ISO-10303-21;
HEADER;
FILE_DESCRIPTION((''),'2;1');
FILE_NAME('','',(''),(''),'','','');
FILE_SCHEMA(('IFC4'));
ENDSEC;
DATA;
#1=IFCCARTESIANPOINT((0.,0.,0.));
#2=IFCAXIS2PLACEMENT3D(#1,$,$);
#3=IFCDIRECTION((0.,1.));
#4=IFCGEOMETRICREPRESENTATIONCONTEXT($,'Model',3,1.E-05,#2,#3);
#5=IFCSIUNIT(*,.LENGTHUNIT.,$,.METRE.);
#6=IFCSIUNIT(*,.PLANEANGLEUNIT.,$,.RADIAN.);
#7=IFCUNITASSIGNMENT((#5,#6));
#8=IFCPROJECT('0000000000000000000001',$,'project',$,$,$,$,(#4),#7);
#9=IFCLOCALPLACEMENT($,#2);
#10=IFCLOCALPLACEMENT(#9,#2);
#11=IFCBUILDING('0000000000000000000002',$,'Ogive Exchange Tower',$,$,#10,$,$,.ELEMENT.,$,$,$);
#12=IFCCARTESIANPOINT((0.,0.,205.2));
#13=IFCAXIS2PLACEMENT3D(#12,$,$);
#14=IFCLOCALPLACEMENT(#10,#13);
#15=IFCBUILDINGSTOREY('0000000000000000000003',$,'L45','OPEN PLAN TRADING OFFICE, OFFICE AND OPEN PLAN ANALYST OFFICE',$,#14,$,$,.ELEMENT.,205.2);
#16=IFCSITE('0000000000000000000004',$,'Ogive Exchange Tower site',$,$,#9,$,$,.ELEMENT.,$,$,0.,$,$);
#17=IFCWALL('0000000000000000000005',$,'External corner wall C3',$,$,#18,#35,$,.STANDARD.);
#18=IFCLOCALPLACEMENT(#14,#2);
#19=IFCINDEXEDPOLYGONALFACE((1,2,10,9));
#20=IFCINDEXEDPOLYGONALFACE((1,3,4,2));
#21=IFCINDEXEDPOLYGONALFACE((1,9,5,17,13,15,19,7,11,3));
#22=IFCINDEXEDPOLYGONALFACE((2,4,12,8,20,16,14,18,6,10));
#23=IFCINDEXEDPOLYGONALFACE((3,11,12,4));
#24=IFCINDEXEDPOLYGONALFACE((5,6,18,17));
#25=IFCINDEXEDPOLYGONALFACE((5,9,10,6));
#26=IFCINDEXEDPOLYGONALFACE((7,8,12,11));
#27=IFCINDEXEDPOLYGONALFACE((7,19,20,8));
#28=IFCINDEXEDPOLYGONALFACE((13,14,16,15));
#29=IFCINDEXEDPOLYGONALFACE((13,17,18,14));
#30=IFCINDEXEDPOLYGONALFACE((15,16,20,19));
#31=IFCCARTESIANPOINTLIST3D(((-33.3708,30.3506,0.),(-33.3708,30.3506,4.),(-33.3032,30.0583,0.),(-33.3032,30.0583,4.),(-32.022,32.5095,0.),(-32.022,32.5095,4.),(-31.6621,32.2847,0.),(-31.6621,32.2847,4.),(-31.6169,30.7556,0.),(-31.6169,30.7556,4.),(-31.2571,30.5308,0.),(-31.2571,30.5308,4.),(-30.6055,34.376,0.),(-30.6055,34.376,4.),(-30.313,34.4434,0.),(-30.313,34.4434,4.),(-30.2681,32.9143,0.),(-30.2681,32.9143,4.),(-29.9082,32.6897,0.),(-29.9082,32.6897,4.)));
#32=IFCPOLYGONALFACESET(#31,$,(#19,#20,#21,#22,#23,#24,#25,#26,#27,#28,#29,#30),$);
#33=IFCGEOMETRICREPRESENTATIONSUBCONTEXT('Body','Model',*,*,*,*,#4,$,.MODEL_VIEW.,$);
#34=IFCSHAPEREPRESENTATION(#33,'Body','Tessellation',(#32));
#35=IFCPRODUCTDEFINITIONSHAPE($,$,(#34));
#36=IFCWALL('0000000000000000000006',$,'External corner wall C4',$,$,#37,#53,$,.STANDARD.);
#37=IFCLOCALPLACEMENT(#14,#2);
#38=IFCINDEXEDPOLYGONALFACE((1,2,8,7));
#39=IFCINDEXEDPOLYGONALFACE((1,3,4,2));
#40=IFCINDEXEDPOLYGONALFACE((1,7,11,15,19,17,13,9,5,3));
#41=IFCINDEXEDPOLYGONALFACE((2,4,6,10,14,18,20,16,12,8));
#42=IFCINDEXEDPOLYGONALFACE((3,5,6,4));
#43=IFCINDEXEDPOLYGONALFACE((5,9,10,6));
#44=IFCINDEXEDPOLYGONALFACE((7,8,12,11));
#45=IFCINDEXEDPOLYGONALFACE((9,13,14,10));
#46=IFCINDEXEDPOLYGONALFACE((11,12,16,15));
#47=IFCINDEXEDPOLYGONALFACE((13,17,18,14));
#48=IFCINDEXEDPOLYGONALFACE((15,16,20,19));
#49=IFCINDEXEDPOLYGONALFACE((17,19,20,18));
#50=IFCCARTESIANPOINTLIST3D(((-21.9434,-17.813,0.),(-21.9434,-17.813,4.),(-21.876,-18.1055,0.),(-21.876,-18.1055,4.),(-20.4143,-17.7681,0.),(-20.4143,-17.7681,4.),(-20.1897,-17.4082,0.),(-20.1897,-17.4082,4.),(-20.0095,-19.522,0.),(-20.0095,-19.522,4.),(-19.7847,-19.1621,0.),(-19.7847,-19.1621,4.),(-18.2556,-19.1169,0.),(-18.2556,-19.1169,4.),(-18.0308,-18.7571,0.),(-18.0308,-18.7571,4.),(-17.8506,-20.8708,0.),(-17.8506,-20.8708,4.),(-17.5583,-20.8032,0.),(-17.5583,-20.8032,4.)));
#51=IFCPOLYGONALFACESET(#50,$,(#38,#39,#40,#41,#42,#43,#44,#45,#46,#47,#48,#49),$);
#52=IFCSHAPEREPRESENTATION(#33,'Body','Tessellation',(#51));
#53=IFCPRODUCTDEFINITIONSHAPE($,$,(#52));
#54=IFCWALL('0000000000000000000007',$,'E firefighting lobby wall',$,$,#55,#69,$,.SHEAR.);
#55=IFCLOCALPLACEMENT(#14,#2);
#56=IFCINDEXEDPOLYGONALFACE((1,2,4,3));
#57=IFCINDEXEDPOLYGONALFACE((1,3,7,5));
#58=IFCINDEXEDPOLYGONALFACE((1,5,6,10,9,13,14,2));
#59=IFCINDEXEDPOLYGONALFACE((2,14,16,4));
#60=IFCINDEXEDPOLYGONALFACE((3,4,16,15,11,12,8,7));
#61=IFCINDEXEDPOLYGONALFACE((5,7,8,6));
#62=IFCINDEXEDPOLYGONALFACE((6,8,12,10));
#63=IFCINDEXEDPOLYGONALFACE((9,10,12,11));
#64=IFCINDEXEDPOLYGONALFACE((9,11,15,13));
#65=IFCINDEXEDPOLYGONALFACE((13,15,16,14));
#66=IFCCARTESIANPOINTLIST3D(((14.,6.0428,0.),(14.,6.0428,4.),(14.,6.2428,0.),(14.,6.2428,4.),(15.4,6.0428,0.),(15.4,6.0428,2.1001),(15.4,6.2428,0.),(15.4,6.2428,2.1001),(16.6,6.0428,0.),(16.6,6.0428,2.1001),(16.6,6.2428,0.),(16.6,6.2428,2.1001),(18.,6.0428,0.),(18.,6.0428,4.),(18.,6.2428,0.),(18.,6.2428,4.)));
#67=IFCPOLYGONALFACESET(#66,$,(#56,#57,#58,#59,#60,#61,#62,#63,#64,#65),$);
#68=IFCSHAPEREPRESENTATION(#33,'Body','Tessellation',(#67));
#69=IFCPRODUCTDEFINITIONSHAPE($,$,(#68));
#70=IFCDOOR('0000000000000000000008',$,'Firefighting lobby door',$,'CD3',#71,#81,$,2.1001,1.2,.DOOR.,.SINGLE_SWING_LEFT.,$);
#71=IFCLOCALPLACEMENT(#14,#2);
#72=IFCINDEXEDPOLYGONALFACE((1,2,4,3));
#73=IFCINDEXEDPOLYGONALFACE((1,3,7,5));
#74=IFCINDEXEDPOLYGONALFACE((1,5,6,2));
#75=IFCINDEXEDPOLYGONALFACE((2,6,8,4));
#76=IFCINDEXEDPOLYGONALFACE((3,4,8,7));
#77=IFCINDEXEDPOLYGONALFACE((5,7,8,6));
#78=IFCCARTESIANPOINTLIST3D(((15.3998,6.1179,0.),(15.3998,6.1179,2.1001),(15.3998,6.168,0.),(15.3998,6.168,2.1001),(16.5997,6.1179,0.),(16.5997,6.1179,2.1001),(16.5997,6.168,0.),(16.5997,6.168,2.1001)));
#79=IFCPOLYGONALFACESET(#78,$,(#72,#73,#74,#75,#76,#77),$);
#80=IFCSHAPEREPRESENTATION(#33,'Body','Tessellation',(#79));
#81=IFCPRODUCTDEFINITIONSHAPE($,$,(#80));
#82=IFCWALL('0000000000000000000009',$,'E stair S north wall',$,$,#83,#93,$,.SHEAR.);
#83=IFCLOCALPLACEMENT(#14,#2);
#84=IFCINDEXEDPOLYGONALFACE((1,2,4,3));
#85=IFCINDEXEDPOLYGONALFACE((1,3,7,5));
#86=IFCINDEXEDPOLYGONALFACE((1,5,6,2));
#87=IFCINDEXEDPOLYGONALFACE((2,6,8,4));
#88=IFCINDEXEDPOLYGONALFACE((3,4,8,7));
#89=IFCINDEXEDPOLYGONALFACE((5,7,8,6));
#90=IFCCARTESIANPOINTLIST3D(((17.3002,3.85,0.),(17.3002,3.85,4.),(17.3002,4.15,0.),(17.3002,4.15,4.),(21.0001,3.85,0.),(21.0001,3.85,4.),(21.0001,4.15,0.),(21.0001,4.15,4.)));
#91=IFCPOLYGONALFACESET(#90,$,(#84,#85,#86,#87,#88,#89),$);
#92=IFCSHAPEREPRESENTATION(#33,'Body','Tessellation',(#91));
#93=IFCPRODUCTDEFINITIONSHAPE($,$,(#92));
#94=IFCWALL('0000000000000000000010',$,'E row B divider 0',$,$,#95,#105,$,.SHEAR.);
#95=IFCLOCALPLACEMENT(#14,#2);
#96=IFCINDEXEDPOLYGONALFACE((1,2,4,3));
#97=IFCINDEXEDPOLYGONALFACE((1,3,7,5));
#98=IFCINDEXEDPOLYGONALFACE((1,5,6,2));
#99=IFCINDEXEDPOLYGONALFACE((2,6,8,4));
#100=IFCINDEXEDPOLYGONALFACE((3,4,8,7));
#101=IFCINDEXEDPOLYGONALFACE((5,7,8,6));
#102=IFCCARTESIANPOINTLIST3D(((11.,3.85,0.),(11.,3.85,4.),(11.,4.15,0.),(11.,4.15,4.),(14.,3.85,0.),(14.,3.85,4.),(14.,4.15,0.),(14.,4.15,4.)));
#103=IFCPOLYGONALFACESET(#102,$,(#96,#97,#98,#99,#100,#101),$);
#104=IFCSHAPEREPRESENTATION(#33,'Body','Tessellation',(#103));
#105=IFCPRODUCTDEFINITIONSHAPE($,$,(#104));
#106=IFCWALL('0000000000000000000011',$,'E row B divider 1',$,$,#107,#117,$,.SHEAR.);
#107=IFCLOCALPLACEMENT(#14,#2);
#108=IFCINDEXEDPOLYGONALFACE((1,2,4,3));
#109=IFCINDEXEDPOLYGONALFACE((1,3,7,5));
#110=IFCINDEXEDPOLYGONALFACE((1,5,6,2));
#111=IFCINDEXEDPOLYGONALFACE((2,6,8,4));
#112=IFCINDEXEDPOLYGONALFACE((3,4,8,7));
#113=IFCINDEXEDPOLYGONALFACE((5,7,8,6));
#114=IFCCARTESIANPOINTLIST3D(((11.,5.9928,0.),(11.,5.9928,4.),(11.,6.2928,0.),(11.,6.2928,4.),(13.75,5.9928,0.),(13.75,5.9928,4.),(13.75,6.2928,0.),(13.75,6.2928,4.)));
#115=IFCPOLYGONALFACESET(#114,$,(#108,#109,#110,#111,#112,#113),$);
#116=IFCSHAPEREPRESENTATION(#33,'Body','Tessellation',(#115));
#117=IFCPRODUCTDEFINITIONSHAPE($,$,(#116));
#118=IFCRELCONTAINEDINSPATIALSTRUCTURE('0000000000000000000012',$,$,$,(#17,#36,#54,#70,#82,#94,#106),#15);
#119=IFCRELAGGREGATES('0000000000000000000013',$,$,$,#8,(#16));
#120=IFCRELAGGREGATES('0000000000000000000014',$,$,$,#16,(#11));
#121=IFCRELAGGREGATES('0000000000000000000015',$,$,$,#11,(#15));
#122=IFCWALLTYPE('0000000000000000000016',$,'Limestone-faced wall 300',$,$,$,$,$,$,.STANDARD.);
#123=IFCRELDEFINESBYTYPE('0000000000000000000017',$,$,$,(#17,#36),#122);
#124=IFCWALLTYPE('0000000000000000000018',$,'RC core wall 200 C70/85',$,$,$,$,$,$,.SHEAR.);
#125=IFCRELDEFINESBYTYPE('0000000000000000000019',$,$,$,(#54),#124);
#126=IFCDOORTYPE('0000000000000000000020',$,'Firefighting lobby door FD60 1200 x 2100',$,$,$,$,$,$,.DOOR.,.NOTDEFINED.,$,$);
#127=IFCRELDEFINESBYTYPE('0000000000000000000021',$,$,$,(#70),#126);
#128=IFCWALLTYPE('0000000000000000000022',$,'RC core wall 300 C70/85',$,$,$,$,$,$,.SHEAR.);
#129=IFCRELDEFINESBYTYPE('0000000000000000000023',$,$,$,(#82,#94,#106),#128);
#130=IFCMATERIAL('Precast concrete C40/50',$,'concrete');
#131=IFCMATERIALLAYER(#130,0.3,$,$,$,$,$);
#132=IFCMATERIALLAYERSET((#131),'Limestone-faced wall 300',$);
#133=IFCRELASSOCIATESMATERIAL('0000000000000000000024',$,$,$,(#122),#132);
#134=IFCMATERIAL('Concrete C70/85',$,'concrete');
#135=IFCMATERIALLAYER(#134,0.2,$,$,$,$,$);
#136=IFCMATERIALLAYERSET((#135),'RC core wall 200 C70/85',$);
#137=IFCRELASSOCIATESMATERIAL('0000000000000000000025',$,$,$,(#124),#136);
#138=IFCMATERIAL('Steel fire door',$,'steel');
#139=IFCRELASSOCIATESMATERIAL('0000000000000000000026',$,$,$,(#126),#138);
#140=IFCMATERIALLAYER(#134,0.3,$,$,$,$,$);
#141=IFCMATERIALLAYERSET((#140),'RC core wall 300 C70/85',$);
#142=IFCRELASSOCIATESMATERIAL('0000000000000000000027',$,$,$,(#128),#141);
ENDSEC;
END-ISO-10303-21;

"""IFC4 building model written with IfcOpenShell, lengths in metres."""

from ifc_helpers import new_model, si_unit, direction, frame, frame_2d, origin, place, context, subcontext, project, spatial, polyline, rectangle, outline, extrude, material, layer, layer_set, type_object, element, fill, save


model = new_model("IFC4")

# Units and contexts
model_context = context("Model", 3, precision=1e-05, world=origin(), true_north=direction((0.0, 1.0)))
body_context = subcontext(model_context, "Body", "Model", "MODEL_VIEW")
ifc_project = project(units=[si_unit("LENGTHUNIT", "METRE"), si_unit("PLANEANGLEUNIT", "RADIAN")], contexts=[model_context])

# Site, building, storey
site_placement = place(None, origin())
site = spatial("IfcSite", under=ifc_project, at=site_placement, Name="Ogive Exchange Tower site", CompositionType="ELEMENT", RefElevation=0.0)
building_placement = place(site_placement, origin())
building = spatial("IfcBuilding", under=site, at=building_placement, Name="Ogive Exchange Tower", CompositionType="ELEMENT")
storey_placement = place(building_placement, frame((0.0, 0.0, 205.2)))
storey = spatial("IfcBuildingStorey", under=building, at=storey_placement, Name="L45", Description="OPEN PLAN TRADING OFFICE, OFFICE AND OPEN PLAN ANALYST OFFICE", CompositionType="ELEMENT", Elevation=205.2)

# Shared definitions
ifc_material_1 = material(Name="Concrete C70/85", Category="concrete")

# Walls
ifc_material_2 = material(Name="Precast concrete C40/50", Category="concrete")
ifc_layer_1 = layer(ifc_material_2, 0.3)
ifc_layer_set_1 = layer_set([ifc_layer_1], Name="Limestone-faced wall 300")
wall_type_1 = type_object("IfcWallType", Name="Limestone-faced wall 300", PredefinedType="STANDARD", material=ifc_layer_set_1)
wall_1_placement = place(storey_placement, origin())
element("IfcWall", 1, at=wall_1_placement, inside=storey, type_object=wall_type_1, Name="External corner wall C3", PredefinedType="STANDARD", context=body_context, shape_type="SweptSolid", body=[
    extrude(outline(polyline([(-31.6169, 30.7556), (-32.022, 32.5095), (-30.2681, 32.9143), (-30.6055, 34.376), (-30.313, 34.4434), (-29.9082, 32.6897), (-31.6621, 32.2847), (-31.2571, 30.5308), (-33.3032, 30.0583), (-33.3708, 30.3506), (-31.6169, 30.7556)])), origin(), (0.0, 0.0, 1.0), 4.0),
])
wall_2_placement = place(storey_placement, origin())
element("IfcWall", 2, at=wall_2_placement, inside=storey, type_object=wall_type_1, Name="External corner wall C4", PredefinedType="STANDARD", context=body_context, shape_type="SweptSolid", body=[
    extrude(outline(polyline([(-18.2556, -19.1169), (-20.0095, -19.522), (-20.4143, -17.7681), (-21.876, -18.1055), (-21.9434, -17.813), (-20.1897, -17.4082), (-19.7847, -19.1621), (-18.0308, -18.7571), (-17.5583, -20.8032), (-17.8506, -20.8708), (-18.2556, -19.1169)])), origin(), (0.0, 0.0, 1.0), 4.0),
])

# Wall, opening, door
ifc_layer_2 = layer(ifc_material_1, 0.2)
ifc_layer_set_2 = layer_set([ifc_layer_2], Name="RC core wall 200 C70/85")
wall_type_2 = type_object("IfcWallType", Name="RC core wall 200 C70/85", PredefinedType="SHEAR", material=ifc_layer_set_2)
wall_3_placement = place(storey_placement, frame((14.0, 6.1428, 0.0), z_axis=(0.0, 0.0, 1.0), x_axis=(1.0, 0.0, 0.0)))
wall_3 = element("IfcWall", 3, at=wall_3_placement, inside=storey, type_object=wall_type_2, Name="E firefighting lobby wall", PredefinedType="SHEAR", context=body_context, shape_type="SweptSolid", body=[
    extrude(rectangle(XDim=4.0, YDim=0.2, at=frame_2d((2.0, 0.0))), origin(), (0.0, 0.0, 1.0), 4.0),
])
opening_placement = place(wall_3_placement, frame((1.3999, 0.0, 0.0)))
opening = element("IfcOpeningElement", 4, at=opening_placement, cuts=wall_3, PredefinedType="OPENING", context=body_context, shape_type="SweptSolid", body=[
    extrude(rectangle(XDim=1.2, YDim=2.1001, at=frame_2d((0.6001, 1.05))), frame((0.0, 0.1099, 0.0), z_axis=(0.0, -1.0, 0.0), x_axis=(1.0, 0.0, 0.0)), (0.0, 0.0, 1.0), 0.22),
])
ifc_material_3 = material(Name="Steel fire door", Category="steel")
door_type = type_object("IfcDoorType", Name="Firefighting lobby door FD60 1200 x 2100", OperationType="NOTDEFINED", PredefinedType="DOOR", material=ifc_material_3)
door_placement = place(opening_placement, frame((1.2, 0.0, 0.0), z_axis=(0.0, 0.0, 1.0), x_axis=(-1.0, 0.0, 0.0)))
door = element("IfcDoor", 5, at=door_placement, inside=storey, type_object=door_type, Name="Firefighting lobby door", ObjectType="CD3", OperationType="SINGLE_SWING_LEFT", OverallHeight=2.1001, OverallWidth=1.2, PredefinedType="DOOR", context=body_context, shape_type="SweptSolid", body=[
    extrude(rectangle(XDim=1.2, YDim=2.1001, at=frame_2d((0.6001, 1.05))), frame((0.0, 0.0249, 0.0), z_axis=(0.0, -1.0, 0.0), x_axis=(1.0, 0.0, 0.0)), (0.0, 0.0, 1.0), 0.05),
])
fill(opening, door)

# Walls
ifc_layer_3 = layer(ifc_material_1, 0.3)
ifc_layer_set_3 = layer_set([ifc_layer_3], Name="RC core wall 300 C70/85")
wall_type_3 = type_object("IfcWallType", Name="RC core wall 300 C70/85", PredefinedType="SHEAR", material=ifc_layer_set_3)
wall_4_placement = place(storey_placement, frame((17.3, 4.0, 0.0), z_axis=(0.0, 0.0, 1.0), x_axis=(1.0, 0.0, 0.0)))
element("IfcWall", 6, at=wall_4_placement, inside=storey, type_object=wall_type_3, Name="E stair S north wall", PredefinedType="SHEAR", context=body_context, shape_type="SweptSolid", body=[
    extrude(rectangle(XDim=3.7, YDim=0.3, at=frame_2d((1.8501, 0.0))), origin(), (0.0, 0.0, 1.0), 4.0),
])
wall_5_placement = place(storey_placement, frame((11.0, 4.0, 0.0), z_axis=(0.0, 0.0, 1.0), x_axis=(1.0, 0.0, 0.0)))
element("IfcWall", 7, at=wall_5_placement, inside=storey, type_object=wall_type_3, Name="E row B divider 0", PredefinedType="SHEAR", context=body_context, shape_type="SweptSolid", body=[
    extrude(rectangle(XDim=3.0, YDim=0.3, at=frame_2d((1.5, 0.0))), origin(), (0.0, 0.0, 1.0), 4.0),
])
wall_6_placement = place(storey_placement, frame((11.0, 6.1428, 0.0), z_axis=(0.0, 0.0, 1.0), x_axis=(1.0, 0.0, 0.0)))
element("IfcWall", 8, at=wall_6_placement, inside=storey, type_object=wall_type_3, Name="E row B divider 1", PredefinedType="SHEAR", context=body_context, shape_type="SweptSolid", body=[
    extrude(rectangle(XDim=2.75, YDim=0.3, at=frame_2d((1.375, 0.0))), origin(), (0.0, 0.0, 1.0), 4.0),
])

save(model, "model.ifc")
